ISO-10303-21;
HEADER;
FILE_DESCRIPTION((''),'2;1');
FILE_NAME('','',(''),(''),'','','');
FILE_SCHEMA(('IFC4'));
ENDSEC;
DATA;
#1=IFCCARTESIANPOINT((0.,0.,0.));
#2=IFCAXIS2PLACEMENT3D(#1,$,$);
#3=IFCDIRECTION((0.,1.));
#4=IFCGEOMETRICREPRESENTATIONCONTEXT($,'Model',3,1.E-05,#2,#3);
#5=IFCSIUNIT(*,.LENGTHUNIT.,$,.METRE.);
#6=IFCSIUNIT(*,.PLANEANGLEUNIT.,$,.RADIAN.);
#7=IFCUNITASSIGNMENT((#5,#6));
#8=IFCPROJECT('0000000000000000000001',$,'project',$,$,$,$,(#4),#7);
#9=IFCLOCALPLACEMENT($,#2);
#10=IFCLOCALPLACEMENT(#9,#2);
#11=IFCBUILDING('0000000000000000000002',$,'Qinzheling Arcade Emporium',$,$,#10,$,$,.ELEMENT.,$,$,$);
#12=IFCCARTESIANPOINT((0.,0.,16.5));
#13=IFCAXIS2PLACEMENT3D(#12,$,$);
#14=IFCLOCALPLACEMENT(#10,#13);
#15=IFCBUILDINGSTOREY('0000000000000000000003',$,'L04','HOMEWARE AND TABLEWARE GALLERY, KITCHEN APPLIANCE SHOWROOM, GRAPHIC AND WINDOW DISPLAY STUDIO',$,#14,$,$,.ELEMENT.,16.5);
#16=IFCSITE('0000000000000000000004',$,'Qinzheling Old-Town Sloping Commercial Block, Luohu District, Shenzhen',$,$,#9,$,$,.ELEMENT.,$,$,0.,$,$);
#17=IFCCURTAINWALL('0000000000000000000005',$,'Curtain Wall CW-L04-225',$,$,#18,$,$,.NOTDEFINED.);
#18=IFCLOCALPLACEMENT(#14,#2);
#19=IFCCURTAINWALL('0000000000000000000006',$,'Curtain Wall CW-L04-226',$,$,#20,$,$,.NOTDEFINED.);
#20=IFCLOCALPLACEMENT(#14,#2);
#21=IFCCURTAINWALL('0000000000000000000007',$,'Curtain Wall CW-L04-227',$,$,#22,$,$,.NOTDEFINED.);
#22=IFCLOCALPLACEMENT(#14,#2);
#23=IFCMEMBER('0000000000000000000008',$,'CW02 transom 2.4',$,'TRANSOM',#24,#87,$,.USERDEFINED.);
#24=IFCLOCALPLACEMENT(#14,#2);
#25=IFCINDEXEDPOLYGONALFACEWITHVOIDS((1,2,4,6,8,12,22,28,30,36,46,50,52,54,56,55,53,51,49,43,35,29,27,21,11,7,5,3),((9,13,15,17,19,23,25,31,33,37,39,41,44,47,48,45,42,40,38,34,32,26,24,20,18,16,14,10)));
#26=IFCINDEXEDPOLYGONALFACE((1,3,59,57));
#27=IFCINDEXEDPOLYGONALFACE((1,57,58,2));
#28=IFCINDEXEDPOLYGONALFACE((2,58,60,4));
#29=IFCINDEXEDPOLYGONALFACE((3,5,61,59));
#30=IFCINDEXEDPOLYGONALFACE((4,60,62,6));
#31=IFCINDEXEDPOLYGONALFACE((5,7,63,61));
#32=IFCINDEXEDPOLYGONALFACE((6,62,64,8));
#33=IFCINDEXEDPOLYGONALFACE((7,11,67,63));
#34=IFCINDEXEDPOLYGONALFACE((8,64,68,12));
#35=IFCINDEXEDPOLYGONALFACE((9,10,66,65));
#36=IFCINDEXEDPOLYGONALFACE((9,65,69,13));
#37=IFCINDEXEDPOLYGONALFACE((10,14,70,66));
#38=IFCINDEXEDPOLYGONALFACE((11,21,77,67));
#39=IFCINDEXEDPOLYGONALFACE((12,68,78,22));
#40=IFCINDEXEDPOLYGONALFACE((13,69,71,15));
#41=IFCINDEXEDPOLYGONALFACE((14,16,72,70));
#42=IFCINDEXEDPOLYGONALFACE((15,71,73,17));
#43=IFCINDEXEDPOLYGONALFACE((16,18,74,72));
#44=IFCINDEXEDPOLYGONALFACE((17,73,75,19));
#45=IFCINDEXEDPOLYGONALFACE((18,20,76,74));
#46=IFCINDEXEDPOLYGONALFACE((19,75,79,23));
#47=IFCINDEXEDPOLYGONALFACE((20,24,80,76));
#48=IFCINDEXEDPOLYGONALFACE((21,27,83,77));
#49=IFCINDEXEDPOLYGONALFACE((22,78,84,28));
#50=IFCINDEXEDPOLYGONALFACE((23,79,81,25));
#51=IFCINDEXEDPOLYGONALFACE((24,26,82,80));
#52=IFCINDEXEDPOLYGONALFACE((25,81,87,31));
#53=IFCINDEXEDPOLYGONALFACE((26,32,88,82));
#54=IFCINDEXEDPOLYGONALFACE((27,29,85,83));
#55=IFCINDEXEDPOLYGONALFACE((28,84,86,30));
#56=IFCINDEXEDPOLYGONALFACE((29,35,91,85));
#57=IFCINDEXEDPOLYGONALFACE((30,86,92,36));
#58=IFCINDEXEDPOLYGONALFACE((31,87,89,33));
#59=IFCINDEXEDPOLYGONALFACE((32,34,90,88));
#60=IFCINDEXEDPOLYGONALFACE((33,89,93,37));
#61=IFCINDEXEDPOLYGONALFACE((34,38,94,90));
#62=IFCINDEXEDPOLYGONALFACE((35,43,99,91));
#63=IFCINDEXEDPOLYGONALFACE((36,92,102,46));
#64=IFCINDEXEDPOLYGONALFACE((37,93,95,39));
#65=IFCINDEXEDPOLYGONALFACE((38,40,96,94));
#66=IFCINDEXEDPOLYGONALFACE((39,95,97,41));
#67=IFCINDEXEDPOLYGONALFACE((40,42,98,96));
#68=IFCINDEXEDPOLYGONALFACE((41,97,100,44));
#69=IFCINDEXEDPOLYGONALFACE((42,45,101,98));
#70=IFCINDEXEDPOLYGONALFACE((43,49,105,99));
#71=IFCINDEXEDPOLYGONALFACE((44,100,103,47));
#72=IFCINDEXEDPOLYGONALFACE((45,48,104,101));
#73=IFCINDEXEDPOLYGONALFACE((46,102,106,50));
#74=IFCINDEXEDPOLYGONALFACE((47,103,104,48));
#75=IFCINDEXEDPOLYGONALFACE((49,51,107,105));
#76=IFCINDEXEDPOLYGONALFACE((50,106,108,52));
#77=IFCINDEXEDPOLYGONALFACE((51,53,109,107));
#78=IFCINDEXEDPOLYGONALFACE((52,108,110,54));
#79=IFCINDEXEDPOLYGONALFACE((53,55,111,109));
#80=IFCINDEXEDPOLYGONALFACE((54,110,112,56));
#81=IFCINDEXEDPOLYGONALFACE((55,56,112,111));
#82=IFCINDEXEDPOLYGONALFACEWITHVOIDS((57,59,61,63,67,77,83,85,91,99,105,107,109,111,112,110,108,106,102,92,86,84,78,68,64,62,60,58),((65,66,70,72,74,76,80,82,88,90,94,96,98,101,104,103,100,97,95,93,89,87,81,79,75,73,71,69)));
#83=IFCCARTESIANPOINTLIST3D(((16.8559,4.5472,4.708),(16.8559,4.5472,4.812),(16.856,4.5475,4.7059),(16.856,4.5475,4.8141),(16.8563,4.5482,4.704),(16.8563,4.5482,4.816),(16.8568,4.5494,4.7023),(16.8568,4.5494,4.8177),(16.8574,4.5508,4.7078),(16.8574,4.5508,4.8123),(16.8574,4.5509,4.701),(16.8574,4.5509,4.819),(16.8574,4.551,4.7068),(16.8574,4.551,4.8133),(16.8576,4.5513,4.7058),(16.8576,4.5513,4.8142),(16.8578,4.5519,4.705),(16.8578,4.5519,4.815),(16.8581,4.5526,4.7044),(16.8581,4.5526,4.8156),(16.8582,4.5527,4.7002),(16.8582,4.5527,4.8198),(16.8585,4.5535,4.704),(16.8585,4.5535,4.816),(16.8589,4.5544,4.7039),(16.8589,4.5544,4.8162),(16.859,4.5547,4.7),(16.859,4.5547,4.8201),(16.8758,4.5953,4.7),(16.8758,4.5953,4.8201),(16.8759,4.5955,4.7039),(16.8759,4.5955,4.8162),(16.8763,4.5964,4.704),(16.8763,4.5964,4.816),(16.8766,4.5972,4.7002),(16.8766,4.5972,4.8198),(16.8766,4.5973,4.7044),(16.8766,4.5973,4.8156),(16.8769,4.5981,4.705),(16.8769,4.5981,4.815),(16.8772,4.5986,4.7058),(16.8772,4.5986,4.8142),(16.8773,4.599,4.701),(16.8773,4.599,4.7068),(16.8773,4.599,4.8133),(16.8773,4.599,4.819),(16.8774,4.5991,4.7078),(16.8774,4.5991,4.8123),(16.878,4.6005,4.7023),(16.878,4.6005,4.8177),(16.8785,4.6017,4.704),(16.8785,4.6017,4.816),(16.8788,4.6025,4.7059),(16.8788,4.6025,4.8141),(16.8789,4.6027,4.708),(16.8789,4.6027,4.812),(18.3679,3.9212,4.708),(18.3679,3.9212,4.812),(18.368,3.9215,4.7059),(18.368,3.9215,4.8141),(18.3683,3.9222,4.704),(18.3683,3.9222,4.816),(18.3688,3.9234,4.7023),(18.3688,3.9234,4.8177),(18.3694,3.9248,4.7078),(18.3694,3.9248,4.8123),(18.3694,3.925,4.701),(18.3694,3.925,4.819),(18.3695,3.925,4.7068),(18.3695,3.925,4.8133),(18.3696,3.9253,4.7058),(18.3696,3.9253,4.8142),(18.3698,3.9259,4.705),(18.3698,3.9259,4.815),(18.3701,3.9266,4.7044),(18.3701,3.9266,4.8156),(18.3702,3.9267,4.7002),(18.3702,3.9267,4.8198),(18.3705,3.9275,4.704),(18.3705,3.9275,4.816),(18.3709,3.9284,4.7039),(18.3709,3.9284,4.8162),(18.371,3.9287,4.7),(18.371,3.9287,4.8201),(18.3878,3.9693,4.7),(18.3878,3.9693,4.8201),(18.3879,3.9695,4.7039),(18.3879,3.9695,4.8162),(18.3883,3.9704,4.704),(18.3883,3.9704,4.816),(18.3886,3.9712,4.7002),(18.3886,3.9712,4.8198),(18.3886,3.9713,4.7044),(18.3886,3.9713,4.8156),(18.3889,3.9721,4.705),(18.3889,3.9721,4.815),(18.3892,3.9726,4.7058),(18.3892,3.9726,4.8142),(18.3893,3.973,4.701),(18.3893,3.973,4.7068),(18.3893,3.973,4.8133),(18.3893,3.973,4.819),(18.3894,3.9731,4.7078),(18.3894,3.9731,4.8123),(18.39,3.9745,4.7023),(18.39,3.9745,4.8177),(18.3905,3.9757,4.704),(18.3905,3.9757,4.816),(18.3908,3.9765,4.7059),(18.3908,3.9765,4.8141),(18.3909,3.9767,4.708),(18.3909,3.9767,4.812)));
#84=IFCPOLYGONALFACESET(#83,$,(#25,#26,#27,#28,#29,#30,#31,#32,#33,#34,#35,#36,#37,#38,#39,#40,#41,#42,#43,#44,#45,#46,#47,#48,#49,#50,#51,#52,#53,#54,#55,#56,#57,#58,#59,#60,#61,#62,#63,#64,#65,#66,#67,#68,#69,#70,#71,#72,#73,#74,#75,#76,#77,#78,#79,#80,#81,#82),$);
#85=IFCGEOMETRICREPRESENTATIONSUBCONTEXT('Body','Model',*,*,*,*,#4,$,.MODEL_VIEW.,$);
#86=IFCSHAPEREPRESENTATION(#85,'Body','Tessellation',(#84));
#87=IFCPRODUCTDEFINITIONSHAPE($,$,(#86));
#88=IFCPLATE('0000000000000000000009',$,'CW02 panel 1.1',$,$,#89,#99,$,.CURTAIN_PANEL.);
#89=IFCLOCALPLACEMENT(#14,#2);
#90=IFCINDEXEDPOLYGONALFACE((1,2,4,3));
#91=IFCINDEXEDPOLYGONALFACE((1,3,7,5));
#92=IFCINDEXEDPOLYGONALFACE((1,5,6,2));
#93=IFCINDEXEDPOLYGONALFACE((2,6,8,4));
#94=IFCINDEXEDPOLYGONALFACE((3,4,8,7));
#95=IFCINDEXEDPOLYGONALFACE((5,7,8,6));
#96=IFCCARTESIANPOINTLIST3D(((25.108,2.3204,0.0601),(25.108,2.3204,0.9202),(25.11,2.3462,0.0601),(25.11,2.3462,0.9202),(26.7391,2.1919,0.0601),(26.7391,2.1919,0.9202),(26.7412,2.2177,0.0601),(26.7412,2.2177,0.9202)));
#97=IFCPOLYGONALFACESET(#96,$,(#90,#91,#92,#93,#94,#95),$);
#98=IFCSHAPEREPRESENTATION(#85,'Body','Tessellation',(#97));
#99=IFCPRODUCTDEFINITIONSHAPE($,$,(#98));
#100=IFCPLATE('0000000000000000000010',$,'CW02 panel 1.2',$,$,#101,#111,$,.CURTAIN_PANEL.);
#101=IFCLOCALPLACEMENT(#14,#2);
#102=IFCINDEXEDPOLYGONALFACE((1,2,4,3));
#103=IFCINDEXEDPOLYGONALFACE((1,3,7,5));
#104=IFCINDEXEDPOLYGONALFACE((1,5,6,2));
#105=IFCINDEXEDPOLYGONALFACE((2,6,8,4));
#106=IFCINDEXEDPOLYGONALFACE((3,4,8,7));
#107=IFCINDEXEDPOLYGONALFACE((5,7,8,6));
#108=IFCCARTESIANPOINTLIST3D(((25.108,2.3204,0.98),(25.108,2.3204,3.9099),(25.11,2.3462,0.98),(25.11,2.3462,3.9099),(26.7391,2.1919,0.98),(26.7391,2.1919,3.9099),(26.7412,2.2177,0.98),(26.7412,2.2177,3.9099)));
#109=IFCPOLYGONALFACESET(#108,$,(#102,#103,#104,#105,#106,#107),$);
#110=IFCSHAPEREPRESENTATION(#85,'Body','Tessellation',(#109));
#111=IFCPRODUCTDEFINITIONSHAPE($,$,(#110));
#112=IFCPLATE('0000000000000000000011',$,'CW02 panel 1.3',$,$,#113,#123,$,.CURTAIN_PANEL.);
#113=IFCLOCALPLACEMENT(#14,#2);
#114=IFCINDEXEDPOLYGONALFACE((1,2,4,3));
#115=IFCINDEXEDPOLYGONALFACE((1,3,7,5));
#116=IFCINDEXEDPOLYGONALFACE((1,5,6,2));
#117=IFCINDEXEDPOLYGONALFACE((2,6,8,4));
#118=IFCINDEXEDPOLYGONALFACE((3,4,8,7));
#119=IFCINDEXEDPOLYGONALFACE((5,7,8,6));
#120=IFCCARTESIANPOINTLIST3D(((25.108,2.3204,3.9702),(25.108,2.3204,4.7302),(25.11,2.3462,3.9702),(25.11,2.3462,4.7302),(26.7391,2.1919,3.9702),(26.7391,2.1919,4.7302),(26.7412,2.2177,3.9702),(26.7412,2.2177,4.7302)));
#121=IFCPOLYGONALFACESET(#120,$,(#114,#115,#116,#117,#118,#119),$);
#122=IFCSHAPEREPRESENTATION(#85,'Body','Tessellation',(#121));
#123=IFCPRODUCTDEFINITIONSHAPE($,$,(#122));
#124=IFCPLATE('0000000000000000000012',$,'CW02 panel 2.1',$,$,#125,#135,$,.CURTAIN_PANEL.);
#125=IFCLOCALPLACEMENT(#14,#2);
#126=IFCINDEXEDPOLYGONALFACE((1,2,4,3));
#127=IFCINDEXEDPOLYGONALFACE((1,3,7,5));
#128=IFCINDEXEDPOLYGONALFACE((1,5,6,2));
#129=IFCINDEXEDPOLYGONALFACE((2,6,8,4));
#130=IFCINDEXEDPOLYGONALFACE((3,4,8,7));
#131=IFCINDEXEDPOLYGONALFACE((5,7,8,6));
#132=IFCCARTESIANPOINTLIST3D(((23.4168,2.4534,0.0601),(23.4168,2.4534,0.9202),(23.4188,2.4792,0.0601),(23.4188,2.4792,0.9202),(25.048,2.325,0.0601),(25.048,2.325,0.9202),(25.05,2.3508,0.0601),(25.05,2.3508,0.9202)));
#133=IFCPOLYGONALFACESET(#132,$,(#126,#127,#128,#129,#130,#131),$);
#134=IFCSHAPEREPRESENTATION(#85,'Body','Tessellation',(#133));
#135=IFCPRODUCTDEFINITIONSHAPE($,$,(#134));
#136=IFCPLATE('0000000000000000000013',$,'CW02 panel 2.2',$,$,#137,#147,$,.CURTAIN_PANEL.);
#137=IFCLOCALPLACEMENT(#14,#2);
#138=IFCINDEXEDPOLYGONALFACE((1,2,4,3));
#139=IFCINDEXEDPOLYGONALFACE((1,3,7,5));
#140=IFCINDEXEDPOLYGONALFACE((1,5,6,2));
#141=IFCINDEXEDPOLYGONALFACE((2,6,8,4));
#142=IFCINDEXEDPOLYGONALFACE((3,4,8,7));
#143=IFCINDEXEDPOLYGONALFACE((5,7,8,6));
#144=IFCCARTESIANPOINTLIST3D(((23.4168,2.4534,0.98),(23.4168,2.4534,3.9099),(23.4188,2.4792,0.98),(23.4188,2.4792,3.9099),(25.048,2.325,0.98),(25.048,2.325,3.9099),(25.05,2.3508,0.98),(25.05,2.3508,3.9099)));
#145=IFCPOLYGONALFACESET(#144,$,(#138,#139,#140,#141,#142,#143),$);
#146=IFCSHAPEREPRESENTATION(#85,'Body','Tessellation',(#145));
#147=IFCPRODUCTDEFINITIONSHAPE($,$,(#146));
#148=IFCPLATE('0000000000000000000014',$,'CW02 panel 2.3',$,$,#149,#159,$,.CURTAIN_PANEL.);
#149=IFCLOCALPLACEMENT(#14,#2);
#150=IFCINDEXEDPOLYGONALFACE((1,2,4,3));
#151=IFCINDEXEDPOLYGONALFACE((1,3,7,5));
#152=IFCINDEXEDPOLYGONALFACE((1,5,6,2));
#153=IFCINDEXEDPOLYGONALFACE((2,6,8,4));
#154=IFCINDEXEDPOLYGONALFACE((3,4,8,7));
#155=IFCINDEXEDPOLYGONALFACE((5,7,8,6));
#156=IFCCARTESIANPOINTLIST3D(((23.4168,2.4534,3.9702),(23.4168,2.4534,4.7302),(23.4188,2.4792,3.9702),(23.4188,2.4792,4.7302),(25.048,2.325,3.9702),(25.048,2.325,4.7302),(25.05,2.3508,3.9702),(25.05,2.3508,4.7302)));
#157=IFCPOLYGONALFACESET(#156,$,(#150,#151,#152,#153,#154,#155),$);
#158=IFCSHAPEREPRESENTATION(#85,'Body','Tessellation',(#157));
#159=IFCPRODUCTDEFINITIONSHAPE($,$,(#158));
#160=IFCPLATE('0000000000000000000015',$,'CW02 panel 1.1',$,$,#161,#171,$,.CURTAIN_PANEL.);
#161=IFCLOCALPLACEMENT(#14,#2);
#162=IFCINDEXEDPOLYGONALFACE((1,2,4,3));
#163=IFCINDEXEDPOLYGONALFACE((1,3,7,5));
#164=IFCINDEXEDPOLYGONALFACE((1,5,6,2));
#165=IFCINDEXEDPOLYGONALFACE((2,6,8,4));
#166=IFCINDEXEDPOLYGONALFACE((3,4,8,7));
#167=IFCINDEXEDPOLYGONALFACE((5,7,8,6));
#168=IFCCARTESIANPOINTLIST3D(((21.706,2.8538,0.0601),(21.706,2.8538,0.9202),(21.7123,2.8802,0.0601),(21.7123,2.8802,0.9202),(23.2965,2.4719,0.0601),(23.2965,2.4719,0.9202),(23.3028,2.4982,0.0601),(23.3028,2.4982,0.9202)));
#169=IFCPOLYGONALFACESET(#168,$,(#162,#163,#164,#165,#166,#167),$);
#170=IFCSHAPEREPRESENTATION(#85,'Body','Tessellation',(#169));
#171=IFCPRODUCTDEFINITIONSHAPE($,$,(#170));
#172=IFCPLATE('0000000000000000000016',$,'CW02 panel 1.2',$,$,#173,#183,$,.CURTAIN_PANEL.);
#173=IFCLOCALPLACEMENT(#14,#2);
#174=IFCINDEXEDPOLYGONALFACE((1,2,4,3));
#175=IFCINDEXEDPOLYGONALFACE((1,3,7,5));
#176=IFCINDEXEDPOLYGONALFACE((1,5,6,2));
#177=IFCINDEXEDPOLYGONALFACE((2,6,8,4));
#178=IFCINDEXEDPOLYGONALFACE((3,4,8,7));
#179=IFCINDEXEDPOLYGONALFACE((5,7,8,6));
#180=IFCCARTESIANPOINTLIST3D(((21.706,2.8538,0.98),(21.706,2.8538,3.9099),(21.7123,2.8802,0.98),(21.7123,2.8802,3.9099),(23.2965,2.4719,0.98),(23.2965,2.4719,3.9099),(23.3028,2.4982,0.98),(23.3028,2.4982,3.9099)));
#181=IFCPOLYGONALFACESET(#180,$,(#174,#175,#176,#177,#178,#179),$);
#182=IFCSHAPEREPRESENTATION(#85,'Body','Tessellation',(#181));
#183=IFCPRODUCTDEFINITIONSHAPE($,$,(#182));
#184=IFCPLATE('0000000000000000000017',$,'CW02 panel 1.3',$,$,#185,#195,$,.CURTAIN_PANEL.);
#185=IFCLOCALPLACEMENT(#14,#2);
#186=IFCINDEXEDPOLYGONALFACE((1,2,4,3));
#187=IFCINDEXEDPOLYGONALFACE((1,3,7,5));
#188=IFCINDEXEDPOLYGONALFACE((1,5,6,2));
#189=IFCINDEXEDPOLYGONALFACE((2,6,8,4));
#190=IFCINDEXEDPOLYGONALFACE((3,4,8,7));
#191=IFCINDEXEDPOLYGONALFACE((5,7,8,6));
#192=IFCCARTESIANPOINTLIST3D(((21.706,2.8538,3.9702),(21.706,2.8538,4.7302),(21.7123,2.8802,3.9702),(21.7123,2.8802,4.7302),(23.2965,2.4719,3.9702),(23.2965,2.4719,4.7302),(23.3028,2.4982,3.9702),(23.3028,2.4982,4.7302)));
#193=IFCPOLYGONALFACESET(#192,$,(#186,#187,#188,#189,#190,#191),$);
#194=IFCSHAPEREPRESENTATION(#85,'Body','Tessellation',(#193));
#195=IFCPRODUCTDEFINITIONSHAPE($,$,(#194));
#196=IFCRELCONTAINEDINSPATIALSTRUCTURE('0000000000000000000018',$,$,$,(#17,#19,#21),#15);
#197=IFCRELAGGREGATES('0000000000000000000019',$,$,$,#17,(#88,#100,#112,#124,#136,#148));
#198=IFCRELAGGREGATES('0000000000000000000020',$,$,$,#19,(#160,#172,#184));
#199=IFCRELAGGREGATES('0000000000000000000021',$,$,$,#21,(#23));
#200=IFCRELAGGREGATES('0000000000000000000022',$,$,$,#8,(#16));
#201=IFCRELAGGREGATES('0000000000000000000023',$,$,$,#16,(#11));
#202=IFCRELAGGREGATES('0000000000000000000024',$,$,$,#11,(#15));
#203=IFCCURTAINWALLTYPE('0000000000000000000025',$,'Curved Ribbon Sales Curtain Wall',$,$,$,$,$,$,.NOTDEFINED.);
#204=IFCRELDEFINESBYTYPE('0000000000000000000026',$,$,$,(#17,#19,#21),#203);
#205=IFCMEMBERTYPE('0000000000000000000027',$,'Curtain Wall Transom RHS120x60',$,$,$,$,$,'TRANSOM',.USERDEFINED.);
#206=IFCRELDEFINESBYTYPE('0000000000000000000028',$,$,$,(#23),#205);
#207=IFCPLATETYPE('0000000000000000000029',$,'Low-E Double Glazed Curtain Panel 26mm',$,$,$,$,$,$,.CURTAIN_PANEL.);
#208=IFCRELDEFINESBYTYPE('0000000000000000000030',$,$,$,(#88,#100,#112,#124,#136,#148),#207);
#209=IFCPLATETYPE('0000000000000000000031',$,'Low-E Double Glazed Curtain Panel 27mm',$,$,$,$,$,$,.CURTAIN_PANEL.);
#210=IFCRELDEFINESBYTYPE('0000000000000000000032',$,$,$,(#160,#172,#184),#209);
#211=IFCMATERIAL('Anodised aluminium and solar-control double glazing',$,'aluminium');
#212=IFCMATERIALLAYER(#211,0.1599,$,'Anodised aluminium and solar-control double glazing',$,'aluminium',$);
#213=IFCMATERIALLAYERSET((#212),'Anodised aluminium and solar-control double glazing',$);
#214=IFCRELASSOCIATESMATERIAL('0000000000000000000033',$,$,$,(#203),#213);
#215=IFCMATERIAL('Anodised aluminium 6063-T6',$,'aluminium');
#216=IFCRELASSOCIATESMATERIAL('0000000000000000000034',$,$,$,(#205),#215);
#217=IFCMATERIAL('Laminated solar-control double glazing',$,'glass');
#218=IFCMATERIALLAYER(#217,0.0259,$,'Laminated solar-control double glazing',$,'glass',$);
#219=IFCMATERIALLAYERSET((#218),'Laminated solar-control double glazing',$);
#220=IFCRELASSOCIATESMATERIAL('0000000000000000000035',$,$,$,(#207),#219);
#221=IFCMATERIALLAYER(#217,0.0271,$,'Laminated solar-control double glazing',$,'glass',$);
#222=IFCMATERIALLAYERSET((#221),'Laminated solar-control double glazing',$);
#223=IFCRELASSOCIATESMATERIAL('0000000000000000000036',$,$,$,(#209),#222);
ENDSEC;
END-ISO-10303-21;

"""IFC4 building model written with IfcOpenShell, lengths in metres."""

from ifc_helpers import new_model, si_unit, direction, frame, origin, origin_2d, place, context, subcontext, project, spatial, rectangle, hollow_rectangle, extrude, material, layer, layer_set, material_profile, profile_set, type_object, element, aggregate, save


model = new_model("IFC4")

# Units and contexts
model_context = context("Model", 3, precision=1e-05, world=origin(), true_north=direction((0.0, 1.0)))
body_context = subcontext(model_context, "Body", "Model", "MODEL_VIEW")
ifc_project = project(units=[si_unit("LENGTHUNIT", "METRE"), si_unit("PLANEANGLEUNIT", "RADIAN")], contexts=[model_context])

# Site, building, storey
site_placement = place(None, origin())
site = spatial("IfcSite", under=ifc_project, at=site_placement, Name="Qinzheling Old-Town Sloping Commercial Block, Luohu District, Shenzhen", CompositionType="ELEMENT", RefElevation=0.0)
building_placement = place(site_placement, origin())
building = spatial("IfcBuilding", under=site, at=building_placement, Name="Qinzheling Arcade Emporium", CompositionType="ELEMENT")
storey_placement = place(building_placement, frame((0.0, 0.0, 16.5)))
storey = spatial("IfcBuildingStorey", under=building, at=storey_placement, Name="L04", Description="HOMEWARE AND TABLEWARE GALLERY, KITCHEN APPLIANCE SHOWROOM, GRAPHIC AND WINDOW DISPLAY STUDIO", CompositionType="ELEMENT", Elevation=16.5)

# Curtain walls
ifc_material_1 = material(Name="Anodised aluminium and solar-control double glazing", Category="aluminium")
ifc_layer_1 = layer(ifc_material_1, 0.1599, Name="Anodised aluminium and solar-control double glazing", Category="aluminium")
ifc_layer_set_1 = layer_set([ifc_layer_1], Name="Anodised aluminium and solar-control double glazing")
curtain_wall_type = type_object("IfcCurtainWallType", Name="Curved Ribbon Sales Curtain Wall", PredefinedType="NOTDEFINED", material=ifc_layer_set_1)
curtain_wall_1_placement = place(storey_placement, origin())
curtain_wall_1 = element("IfcCurtainWall", 1, at=curtain_wall_1_placement, inside=storey, type_object=curtain_wall_type, Name="Curtain Wall CW-L04-225", PredefinedType="NOTDEFINED")
ifc_material_2 = material(Name="Anodised aluminium 6063-T6", Category="aluminium")
curtain_wall_2_placement = place(storey_placement, origin())
curtain_wall_2 = element("IfcCurtainWall", 2, at=curtain_wall_2_placement, inside=storey, type_object=curtain_wall_type, Name="Curtain Wall CW-L04-226", PredefinedType="NOTDEFINED")
curtain_wall_3_placement = place(storey_placement, origin())
curtain_wall_3 = element("IfcCurtainWall", 3, at=curtain_wall_3_placement, inside=storey, type_object=curtain_wall_type, Name="Curtain Wall CW-L04-227", PredefinedType="NOTDEFINED")

# Member
ifc_material_profile_1 = material_profile(ifc_material_2, hollow_rectangle(XDim=0.0601, YDim=0.1201, WallThickness=0.0039, InnerFilletRadius=0.0039, OuterFilletRadius=0.0081, at=origin_2d()), Name="RHS 120x60x4", Category="aluminium")
ifc_profile_set_1 = profile_set([ifc_material_profile_1], Name="Anodised aluminium 6063-T6")
member_type_1 = type_object("IfcMemberType", Name="Curtain Wall Transom RHS120x60", ElementType="TRANSOM", PredefinedType="USERDEFINED", material=ifc_profile_set_1)
member_1_placement = place(storey_placement, frame((18.3794, 3.949, 4.76), z_axis=(-0.923944, 0.382527, 0.0), x_axis=(-0.382527, -0.923944, 0.0)))
member_1 = element("IfcMember", 4, at=member_1_placement, type_object=member_type_1, Name="CW02 transom 2.4", ObjectType="TRANSOM", PredefinedType="USERDEFINED", context=body_context, shape_type="SweptSolid", body=[
    extrude(hollow_rectangle(XDim=0.0601, YDim=0.1201, WallThickness=0.0039, InnerFilletRadius=0.0039, OuterFilletRadius=0.0081, at=origin_2d()), origin(), (0.0, 0.0, 1.0), 1.6365),
])

# Plates
ifc_material_3 = material(Name="Laminated solar-control double glazing", Category="glass")
ifc_layer_2 = layer(ifc_material_3, 0.0259, Name="Laminated solar-control double glazing", Category="glass")
ifc_layer_set_2 = layer_set([ifc_layer_2], Name="Laminated solar-control double glazing")
plate_type_1 = type_object("IfcPlateType", Name="Low-E Double Glazed Curtain Panel 26mm", PredefinedType="CURTAIN_PANEL", material=ifc_layer_set_2)
plate_1_placement = place(storey_placement, frame((25.9246, 2.269, 0.0601), z_axis=(0.0, 0.0, 1.0), x_axis=(-0.996915, 0.07849, 0.0)))
plate_1 = element("IfcPlate", 5, at=plate_1_placement, type_object=plate_type_1, Name="CW02 panel 1.1", PredefinedType="CURTAIN_PANEL", context=body_context, shape_type="SweptSolid", body=[
    extrude(rectangle(XDim=1.6362, YDim=0.0259, at=origin_2d()), origin(), (0.0, 0.0, 1.0), 0.8601),
])
plate_2_placement = place(storey_placement, frame((25.9246, 2.269, 0.98), z_axis=(0.0, 0.0, 1.0), x_axis=(-0.996915, 0.07849, 0.0)))
plate_2 = element("IfcPlate", 6, at=plate_2_placement, type_object=plate_type_1, Name="CW02 panel 1.2", PredefinedType="CURTAIN_PANEL", context=body_context, shape_type="SweptSolid", body=[
    extrude(rectangle(XDim=1.6362, YDim=0.0259, at=origin_2d()), origin(), (0.0, 0.0, 1.0), 2.9299),
])
plate_3_placement = place(storey_placement, frame((25.9246, 2.269, 3.9702), z_axis=(0.0, 0.0, 1.0), x_axis=(-0.996915, 0.07849, 0.0)))
plate_3 = element("IfcPlate", 7, at=plate_3_placement, type_object=plate_type_1, Name="CW02 panel 1.3", PredefinedType="CURTAIN_PANEL", context=body_context, shape_type="SweptSolid", body=[
    extrude(rectangle(XDim=1.6362, YDim=0.0259, at=origin_2d()), origin(), (0.0, 0.0, 1.0), 0.76),
])
plate_4_placement = place(storey_placement, frame((24.2334, 2.4021, 0.0601), z_axis=(0.0, 0.0, 1.0), x_axis=(-0.996915, 0.07849, 0.0)))
plate_4 = element("IfcPlate", 8, at=plate_4_placement, type_object=plate_type_1, Name="CW02 panel 2.1", PredefinedType="CURTAIN_PANEL", context=body_context, shape_type="SweptSolid", body=[
    extrude(rectangle(XDim=1.6362, YDim=0.0259, at=origin_2d()), origin(), (0.0, 0.0, 1.0), 0.8601),
])
plate_5_placement = place(storey_placement, frame((24.2334, 2.4021, 0.98), z_axis=(0.0, 0.0, 1.0), x_axis=(-0.996915, 0.07849, 0.0)))
plate_5 = element("IfcPlate", 9, at=plate_5_placement, type_object=plate_type_1, Name="CW02 panel 2.2", PredefinedType="CURTAIN_PANEL", context=body_context, shape_type="SweptSolid", body=[
    extrude(rectangle(XDim=1.6362, YDim=0.0259, at=origin_2d()), origin(), (0.0, 0.0, 1.0), 2.9299),
])
plate_6_placement = place(storey_placement, frame((24.2334, 2.4021, 3.9702), z_axis=(0.0, 0.0, 1.0), x_axis=(-0.996915, 0.07849, 0.0)))
plate_6 = element("IfcPlate", 10, at=plate_6_placement, type_object=plate_type_1, Name="CW02 panel 2.3", PredefinedType="CURTAIN_PANEL", context=body_context, shape_type="SweptSolid", body=[
    extrude(rectangle(XDim=1.6362, YDim=0.0259, at=origin_2d()), origin(), (0.0, 0.0, 1.0), 0.76),
])
aggregate(curtain_wall_1, [plate_1, plate_2, plate_3, plate_4, plate_5, plate_6])
ifc_layer_3 = layer(ifc_material_3, 0.0271, Name="Laminated solar-control double glazing", Category="glass")
ifc_layer_set_3 = layer_set([ifc_layer_3], Name="Laminated solar-control double glazing")
plate_type_2 = type_object("IfcPlateType", Name="Low-E Double Glazed Curtain Panel 27mm", PredefinedType="CURTAIN_PANEL", material=ifc_layer_set_3)
plate_7_placement = place(storey_placement, frame((22.5044, 2.676, 0.0601), z_axis=(0.0, 0.0, 1.0), x_axis=(-0.97235, 0.233526, 0.0)))
plate_7 = element("IfcPlate", 11, at=plate_7_placement, type_object=plate_type_2, Name="CW02 panel 1.1", PredefinedType="CURTAIN_PANEL", context=body_context, shape_type="SweptSolid", body=[
    extrude(rectangle(XDim=1.6357, YDim=0.0271, at=origin_2d()), origin(), (0.0, 0.0, 1.0), 0.8601),
])
plate_8_placement = place(storey_placement, frame((22.5044, 2.676, 0.98), z_axis=(0.0, 0.0, 1.0), x_axis=(-0.97235, 0.233526, 0.0)))
plate_8 = element("IfcPlate", 12, at=plate_8_placement, type_object=plate_type_2, Name="CW02 panel 1.2", PredefinedType="CURTAIN_PANEL", context=body_context, shape_type="SweptSolid", body=[
    extrude(rectangle(XDim=1.6357, YDim=0.0271, at=origin_2d()), origin(), (0.0, 0.0, 1.0), 2.9299),
])
plate_9_placement = place(storey_placement, frame((22.5044, 2.676, 3.9702), z_axis=(0.0, 0.0, 1.0), x_axis=(-0.97235, 0.233526, 0.0)))
plate_9 = element("IfcPlate", 13, at=plate_9_placement, type_object=plate_type_2, Name="CW02 panel 1.3", PredefinedType="CURTAIN_PANEL", context=body_context, shape_type="SweptSolid", body=[
    extrude(rectangle(XDim=1.6357, YDim=0.0271, at=origin_2d()), origin(), (0.0, 0.0, 1.0), 0.76),
])
aggregate(curtain_wall_2, [plate_7, plate_8, plate_9])
aggregate(curtain_wall_3, [member_1])

save(model, "model.ifc")
